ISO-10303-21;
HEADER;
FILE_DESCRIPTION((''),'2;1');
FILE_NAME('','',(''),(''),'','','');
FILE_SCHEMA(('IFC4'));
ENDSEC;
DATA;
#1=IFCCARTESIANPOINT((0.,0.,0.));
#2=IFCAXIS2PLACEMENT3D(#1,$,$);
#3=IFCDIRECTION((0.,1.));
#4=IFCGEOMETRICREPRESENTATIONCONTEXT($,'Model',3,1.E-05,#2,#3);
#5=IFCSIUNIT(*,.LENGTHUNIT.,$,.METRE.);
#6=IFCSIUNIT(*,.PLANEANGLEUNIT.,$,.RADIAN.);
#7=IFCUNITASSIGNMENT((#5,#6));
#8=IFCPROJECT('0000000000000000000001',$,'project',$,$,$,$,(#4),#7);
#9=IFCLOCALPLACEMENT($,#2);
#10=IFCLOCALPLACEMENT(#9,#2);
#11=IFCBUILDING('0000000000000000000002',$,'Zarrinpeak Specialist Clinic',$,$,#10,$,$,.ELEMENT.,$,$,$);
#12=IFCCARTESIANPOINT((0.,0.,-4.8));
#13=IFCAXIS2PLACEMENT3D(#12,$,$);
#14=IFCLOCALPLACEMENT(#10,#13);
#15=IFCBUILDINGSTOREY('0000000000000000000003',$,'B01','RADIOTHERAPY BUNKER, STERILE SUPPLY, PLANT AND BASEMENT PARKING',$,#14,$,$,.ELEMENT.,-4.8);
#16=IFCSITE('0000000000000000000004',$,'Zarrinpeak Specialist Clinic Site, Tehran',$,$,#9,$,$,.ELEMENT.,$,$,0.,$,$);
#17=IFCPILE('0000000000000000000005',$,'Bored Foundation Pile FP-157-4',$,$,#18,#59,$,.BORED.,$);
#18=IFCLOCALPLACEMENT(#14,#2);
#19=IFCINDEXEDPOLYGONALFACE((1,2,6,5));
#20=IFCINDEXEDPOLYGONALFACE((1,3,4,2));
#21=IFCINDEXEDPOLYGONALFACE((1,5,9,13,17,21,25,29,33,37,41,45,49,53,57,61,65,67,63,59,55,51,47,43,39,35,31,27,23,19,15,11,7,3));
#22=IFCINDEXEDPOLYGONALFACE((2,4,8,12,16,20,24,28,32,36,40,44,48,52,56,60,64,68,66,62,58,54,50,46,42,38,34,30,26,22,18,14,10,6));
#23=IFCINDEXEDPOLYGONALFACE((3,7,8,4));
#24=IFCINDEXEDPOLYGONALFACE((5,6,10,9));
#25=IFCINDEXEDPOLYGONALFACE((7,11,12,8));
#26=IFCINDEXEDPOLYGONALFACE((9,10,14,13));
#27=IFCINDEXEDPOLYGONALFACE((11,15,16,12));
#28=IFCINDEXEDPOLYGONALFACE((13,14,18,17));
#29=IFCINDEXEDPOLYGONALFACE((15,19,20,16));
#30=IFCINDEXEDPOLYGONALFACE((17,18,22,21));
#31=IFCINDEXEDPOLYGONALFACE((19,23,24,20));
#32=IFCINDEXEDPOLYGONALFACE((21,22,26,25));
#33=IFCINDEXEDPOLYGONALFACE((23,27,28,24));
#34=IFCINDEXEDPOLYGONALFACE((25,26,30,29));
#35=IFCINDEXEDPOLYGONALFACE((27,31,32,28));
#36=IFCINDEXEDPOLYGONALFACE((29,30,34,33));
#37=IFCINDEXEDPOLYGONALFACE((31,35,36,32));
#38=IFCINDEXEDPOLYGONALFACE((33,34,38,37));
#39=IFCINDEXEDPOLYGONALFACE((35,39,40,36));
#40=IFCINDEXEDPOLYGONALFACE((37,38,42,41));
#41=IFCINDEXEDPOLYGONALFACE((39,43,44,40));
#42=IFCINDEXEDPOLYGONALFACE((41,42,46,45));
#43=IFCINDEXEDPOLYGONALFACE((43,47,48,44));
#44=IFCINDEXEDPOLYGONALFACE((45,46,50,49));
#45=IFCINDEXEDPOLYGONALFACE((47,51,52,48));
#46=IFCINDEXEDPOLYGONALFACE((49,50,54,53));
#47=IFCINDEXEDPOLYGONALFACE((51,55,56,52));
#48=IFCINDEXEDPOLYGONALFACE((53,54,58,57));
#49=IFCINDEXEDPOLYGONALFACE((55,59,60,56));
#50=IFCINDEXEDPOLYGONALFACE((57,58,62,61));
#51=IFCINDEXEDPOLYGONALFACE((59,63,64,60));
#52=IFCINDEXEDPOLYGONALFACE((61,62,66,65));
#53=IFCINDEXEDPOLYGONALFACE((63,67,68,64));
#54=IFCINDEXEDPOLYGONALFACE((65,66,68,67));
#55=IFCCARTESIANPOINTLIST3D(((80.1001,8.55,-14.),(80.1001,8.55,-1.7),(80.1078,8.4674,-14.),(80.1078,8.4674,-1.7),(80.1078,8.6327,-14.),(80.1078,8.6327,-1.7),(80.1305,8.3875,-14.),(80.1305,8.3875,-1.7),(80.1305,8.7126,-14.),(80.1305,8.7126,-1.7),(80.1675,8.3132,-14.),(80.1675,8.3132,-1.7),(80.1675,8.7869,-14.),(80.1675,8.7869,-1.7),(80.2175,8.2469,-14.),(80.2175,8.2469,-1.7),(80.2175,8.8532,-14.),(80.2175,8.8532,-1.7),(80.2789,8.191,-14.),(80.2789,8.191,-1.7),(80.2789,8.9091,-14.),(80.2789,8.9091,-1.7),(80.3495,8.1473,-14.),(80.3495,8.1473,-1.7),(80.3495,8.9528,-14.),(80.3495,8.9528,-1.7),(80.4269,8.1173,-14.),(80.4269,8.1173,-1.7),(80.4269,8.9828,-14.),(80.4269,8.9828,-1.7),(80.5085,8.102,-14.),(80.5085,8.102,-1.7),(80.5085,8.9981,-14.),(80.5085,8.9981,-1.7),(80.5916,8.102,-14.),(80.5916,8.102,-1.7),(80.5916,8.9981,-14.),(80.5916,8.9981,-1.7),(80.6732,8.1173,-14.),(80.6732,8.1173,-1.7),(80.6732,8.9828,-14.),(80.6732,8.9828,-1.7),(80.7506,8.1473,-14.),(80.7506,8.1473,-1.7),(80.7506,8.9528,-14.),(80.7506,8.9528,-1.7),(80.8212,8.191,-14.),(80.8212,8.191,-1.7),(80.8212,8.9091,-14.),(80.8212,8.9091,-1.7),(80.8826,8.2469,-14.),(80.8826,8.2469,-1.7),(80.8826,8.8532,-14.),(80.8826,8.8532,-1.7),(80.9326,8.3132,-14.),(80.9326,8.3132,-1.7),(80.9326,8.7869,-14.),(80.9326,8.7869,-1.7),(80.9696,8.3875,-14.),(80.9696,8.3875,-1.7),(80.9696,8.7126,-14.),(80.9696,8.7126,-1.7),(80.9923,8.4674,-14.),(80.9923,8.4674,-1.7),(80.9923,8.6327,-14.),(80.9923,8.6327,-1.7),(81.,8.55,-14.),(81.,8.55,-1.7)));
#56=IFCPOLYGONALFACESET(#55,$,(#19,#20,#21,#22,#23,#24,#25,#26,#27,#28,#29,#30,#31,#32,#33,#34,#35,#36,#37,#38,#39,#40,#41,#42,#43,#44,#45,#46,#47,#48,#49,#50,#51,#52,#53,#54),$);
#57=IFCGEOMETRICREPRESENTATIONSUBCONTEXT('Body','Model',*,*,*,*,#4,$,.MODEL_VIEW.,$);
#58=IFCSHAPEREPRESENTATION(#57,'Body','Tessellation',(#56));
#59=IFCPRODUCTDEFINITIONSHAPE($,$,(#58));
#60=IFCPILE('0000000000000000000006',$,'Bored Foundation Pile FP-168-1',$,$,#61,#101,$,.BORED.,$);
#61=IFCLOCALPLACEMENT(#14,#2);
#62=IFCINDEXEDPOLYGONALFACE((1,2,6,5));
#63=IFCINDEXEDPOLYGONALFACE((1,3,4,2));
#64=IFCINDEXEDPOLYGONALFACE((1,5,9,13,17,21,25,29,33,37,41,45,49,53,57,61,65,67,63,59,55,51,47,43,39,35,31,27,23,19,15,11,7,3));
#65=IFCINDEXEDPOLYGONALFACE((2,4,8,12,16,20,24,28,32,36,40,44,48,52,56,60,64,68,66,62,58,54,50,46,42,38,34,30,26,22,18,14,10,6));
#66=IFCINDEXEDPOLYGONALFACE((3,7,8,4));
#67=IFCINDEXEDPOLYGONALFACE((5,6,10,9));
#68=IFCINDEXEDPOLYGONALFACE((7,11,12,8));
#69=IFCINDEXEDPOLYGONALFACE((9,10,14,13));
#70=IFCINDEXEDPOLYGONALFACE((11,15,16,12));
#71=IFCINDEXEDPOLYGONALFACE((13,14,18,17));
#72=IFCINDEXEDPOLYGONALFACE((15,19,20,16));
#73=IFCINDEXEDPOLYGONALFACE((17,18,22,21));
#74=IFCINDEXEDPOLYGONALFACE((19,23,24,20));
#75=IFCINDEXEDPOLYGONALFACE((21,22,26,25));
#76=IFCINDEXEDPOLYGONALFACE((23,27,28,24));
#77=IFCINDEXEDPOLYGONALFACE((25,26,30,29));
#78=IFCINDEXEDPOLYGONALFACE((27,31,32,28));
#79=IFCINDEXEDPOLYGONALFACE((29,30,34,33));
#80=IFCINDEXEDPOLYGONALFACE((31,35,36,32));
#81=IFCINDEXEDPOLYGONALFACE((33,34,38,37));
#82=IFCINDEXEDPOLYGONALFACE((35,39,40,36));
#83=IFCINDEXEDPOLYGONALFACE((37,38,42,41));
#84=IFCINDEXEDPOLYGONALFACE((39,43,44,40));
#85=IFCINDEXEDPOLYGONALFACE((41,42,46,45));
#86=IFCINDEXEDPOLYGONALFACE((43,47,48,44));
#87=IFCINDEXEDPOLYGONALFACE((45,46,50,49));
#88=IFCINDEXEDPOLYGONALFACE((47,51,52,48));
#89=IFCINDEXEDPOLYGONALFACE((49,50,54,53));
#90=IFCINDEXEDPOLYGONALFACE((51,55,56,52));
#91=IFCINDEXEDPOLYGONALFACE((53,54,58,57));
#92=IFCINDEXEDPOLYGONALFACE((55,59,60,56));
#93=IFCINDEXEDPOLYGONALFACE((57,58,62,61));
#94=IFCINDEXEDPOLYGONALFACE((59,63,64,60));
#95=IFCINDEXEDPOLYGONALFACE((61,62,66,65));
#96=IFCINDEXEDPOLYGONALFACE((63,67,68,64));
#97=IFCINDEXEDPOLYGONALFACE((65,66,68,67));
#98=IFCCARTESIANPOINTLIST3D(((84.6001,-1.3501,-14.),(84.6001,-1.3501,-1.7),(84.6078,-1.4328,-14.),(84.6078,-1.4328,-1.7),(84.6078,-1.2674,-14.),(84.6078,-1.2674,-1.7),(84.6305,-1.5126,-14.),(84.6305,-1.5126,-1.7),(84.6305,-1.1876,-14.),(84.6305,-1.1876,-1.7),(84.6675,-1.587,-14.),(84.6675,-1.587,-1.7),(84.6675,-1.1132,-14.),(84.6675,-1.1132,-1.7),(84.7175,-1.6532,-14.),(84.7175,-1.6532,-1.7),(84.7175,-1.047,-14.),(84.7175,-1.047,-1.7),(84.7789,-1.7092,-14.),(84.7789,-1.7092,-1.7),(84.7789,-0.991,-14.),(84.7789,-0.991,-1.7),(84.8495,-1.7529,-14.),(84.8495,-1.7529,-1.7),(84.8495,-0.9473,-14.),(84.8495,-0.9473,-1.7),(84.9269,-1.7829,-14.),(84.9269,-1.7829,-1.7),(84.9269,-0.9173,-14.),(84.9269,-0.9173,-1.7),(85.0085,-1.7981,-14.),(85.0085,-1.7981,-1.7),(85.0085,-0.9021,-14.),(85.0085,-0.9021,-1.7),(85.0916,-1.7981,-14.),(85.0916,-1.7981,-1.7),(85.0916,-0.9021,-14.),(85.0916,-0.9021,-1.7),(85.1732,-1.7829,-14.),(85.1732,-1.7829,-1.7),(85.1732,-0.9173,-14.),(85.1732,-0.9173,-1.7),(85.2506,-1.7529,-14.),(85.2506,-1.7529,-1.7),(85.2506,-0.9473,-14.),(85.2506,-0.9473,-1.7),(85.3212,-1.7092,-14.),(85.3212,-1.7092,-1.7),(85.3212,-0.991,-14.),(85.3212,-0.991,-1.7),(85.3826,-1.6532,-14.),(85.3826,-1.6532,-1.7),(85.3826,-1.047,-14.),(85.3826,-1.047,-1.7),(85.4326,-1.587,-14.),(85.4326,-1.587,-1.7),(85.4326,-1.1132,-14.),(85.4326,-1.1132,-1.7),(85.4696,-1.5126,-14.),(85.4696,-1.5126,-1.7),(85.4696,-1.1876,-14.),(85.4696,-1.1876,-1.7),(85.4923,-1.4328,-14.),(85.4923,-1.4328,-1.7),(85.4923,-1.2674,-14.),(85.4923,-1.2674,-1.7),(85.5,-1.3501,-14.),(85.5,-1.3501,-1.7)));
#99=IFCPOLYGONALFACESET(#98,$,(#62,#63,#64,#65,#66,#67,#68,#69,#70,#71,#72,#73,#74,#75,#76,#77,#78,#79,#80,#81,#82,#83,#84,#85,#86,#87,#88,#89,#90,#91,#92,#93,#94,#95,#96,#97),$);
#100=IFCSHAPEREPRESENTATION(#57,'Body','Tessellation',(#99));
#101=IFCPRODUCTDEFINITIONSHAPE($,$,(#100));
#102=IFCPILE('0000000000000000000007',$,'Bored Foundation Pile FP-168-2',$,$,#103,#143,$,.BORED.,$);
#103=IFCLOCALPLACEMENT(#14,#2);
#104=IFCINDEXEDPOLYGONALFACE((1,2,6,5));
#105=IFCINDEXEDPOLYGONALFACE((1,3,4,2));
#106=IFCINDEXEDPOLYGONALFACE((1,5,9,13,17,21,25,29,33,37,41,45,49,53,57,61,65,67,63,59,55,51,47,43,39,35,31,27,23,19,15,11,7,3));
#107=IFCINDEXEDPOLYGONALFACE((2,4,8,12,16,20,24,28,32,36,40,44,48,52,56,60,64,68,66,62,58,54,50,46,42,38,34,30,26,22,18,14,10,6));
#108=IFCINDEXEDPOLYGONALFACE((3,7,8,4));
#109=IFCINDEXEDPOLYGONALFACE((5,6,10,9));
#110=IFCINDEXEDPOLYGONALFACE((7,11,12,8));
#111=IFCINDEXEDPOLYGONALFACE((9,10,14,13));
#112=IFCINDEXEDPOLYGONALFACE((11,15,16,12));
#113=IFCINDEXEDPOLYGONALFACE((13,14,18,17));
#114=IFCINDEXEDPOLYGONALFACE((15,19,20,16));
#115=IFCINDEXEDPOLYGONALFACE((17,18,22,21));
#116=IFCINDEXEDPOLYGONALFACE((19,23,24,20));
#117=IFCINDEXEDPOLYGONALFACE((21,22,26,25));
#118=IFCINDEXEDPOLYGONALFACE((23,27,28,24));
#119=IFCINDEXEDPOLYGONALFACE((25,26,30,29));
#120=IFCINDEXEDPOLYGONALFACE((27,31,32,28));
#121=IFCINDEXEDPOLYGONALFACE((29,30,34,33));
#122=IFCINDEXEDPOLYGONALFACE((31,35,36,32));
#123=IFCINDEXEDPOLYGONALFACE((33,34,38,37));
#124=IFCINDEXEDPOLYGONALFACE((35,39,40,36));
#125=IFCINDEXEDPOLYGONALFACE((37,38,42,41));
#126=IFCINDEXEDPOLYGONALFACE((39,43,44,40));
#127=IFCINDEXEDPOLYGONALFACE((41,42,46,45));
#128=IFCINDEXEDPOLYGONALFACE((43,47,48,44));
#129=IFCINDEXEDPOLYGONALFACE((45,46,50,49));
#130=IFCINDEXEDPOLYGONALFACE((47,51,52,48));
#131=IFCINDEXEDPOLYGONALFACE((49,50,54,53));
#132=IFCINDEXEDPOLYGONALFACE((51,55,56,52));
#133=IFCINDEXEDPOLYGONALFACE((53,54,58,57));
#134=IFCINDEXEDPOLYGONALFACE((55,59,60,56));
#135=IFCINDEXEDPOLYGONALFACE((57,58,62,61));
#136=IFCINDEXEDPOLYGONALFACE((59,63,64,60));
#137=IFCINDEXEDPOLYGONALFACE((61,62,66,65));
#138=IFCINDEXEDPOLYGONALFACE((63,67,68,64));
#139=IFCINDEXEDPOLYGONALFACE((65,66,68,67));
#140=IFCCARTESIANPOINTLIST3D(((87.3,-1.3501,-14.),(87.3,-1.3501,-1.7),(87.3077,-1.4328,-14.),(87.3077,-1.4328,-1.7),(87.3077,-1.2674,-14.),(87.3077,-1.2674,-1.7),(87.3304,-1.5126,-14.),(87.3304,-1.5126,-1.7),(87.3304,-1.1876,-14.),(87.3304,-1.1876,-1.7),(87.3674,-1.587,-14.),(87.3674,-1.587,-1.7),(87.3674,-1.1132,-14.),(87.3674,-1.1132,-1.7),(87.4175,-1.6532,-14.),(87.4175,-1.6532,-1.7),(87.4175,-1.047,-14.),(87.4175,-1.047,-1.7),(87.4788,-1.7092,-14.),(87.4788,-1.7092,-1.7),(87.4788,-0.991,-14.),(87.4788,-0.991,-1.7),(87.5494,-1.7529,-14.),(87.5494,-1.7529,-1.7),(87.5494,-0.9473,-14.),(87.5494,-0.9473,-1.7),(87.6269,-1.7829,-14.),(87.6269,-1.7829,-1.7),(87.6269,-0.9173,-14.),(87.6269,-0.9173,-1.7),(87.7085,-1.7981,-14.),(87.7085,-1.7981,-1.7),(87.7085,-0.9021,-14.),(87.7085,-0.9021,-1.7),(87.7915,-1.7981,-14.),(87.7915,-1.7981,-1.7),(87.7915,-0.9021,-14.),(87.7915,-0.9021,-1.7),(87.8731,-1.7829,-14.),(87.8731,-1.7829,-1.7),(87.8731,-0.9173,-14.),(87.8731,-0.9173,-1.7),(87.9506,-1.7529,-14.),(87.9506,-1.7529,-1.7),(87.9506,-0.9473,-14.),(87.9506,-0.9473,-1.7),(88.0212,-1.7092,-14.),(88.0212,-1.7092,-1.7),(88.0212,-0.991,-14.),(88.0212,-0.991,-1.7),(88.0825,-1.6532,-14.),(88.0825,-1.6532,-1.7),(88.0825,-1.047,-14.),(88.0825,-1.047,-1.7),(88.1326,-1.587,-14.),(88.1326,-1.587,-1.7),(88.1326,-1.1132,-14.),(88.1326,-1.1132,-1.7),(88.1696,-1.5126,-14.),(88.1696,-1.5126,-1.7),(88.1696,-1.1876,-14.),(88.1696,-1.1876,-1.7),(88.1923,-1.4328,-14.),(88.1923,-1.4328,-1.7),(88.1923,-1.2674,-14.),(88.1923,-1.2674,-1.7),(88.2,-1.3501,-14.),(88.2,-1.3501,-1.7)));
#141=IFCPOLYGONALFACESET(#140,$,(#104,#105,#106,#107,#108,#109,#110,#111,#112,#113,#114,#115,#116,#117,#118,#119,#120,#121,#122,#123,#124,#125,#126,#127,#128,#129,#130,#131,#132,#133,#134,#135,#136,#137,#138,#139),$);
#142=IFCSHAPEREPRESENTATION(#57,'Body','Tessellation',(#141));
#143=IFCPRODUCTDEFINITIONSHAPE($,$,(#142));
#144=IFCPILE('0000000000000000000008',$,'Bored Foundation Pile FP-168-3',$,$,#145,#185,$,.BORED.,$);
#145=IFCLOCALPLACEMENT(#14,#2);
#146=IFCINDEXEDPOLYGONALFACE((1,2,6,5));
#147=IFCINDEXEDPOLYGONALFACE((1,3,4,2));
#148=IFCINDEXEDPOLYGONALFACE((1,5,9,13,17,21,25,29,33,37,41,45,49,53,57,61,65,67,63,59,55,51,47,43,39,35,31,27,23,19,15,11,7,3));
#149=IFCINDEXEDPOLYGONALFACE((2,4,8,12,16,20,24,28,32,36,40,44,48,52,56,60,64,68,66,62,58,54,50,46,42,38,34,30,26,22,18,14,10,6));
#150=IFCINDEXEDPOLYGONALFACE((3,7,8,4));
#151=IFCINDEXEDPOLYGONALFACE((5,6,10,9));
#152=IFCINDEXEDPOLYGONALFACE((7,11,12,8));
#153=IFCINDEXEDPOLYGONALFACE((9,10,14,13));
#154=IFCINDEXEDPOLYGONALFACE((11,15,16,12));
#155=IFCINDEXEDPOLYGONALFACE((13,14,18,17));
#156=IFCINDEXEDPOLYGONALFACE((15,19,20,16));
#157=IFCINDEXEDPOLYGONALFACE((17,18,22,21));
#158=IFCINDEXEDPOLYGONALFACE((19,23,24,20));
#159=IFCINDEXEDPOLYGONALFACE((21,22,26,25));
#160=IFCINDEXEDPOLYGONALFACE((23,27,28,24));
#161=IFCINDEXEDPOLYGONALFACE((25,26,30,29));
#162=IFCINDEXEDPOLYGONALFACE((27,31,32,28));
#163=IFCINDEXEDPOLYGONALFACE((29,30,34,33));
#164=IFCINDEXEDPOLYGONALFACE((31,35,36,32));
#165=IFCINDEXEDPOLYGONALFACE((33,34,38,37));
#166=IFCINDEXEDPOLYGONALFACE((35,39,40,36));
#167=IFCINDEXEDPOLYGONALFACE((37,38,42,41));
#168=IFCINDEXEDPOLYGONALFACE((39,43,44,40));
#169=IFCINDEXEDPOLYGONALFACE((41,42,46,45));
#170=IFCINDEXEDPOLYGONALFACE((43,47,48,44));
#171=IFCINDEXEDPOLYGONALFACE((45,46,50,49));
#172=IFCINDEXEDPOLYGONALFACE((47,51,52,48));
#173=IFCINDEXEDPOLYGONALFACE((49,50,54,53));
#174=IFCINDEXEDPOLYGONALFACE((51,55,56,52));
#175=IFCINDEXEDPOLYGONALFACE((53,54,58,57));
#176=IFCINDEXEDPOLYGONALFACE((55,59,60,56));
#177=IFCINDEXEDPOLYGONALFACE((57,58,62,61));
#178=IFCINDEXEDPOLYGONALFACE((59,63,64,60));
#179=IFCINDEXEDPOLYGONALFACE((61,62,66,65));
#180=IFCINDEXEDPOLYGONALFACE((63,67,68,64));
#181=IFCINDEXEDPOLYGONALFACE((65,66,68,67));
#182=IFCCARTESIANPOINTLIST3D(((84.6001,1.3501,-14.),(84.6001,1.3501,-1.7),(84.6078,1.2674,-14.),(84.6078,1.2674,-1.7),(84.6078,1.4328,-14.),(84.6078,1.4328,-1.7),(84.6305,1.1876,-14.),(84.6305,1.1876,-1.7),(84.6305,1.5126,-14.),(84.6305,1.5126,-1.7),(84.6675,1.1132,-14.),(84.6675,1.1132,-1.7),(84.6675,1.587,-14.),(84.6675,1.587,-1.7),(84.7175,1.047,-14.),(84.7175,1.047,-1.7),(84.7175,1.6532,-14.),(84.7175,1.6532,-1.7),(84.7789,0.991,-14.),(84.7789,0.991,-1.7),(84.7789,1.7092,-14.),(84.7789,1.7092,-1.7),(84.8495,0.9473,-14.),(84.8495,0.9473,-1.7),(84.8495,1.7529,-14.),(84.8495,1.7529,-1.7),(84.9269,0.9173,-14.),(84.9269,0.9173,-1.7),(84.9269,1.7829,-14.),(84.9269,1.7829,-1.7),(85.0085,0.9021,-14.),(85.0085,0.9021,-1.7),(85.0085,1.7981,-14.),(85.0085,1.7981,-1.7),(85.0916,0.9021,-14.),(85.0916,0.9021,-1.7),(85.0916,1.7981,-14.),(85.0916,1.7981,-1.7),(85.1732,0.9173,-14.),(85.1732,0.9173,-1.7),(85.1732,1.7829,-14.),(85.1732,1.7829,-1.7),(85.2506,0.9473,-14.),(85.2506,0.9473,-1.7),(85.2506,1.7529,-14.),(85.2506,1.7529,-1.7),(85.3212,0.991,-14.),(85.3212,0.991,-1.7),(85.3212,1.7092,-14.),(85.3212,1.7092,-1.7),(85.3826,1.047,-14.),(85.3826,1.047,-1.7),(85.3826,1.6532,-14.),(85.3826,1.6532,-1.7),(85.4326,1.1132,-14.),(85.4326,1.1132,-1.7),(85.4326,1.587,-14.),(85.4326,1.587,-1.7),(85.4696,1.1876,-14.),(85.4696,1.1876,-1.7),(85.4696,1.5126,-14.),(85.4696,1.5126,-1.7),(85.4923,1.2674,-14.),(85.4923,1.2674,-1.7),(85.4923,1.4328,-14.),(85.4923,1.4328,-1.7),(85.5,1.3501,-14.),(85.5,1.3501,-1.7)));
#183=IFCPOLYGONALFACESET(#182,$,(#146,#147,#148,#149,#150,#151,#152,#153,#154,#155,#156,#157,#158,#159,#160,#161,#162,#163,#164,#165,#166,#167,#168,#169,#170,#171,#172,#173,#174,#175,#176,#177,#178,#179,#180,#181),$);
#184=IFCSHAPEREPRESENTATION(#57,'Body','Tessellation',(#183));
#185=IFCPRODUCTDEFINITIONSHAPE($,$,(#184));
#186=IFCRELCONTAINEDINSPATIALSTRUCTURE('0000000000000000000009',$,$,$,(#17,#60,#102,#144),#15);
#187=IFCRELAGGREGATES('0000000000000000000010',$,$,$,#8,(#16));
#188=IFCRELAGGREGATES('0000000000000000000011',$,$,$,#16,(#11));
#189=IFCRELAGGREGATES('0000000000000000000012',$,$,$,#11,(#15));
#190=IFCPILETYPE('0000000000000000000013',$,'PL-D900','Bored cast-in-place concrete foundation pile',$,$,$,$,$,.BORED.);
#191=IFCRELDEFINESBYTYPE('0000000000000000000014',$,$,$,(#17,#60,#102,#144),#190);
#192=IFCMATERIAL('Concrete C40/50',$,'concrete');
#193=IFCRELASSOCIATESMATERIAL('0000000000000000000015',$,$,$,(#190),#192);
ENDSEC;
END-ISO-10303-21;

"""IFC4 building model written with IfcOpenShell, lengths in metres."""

from ifc_helpers import new_model, si_unit, direction, frame, origin, origin_2d, place, context, subcontext, project, spatial, circle, extrude, material, material_profile, profile_set, type_object, element, save


model = new_model("IFC4")

# Units and contexts
model_context = context("Model", 3, precision=1e-05, world=origin(), true_north=direction((0.0, 1.0)))
body_context = subcontext(model_context, "Body", "Model", "MODEL_VIEW")
ifc_project = project(units=[si_unit("LENGTHUNIT", "METRE"), si_unit("PLANEANGLEUNIT", "RADIAN")], contexts=[model_context])

# Site, building, storey
site_placement = place(None, origin())
site = spatial("IfcSite", under=ifc_project, at=site_placement, Name="Zarrinpeak Specialist Clinic Site, Tehran", CompositionType="ELEMENT", RefElevation=0.0)
building_placement = place(site_placement, origin())
building = spatial("IfcBuilding", under=site, at=building_placement, Name="Zarrinpeak Specialist Clinic", CompositionType="ELEMENT")
storey_placement = place(building_placement, frame((0.0, 0.0, -4.8)))
storey = spatial("IfcBuildingStorey", under=building, at=storey_placement, Name="B01", Description="RADIOTHERAPY BUNKER, STERILE SUPPLY, PLANT AND BASEMENT PARKING", CompositionType="ELEMENT", Elevation=-4.8)

# Shared definitions
ifc_material_1 = material(Name="Concrete C40/50", Category="concrete")

# Piles
ifc_material_profile_1 = material_profile(ifc_material_1, circle(Radius=0.45, at=origin_2d()), Name="BORED PILE D900")
ifc_profile_set_1 = profile_set([ifc_material_profile_1], Name="Concrete C40/50")
pile_type = type_object("IfcPileType", Name="PL-D900", Description="Bored cast-in-place concrete foundation pile", PredefinedType="BORED", material=ifc_profile_set_1)
for number, where, z_axis, x_axis, name in (
    (1, (80.55, 8.55, -1.7), (0.0, 0.0, -1.0), (1.0, 0.0, 0.0), "Bored Foundation Pile FP-157-4"),
    (2, (85.05, -1.3501, -1.7), (0.0, 0.0, -1.0), (1.0, 0.0, 0.0), "Bored Foundation Pile FP-168-1"),
    (3, (87.75, -1.3501, -1.7), (0.0, 0.0, -1.0), (1.0, 0.0, 0.0), "Bored Foundation Pile FP-168-2"),
    (4, (85.05, 1.3501, -1.7), (0.0, 0.0, -1.0), (1.0, 0.0, 0.0), "Bored Foundation Pile FP-168-3"),
):
    element("IfcPile", number, at=place(storey_placement, frame(where, z_axis=z_axis, x_axis=x_axis)), inside=storey, type_object=pile_type, Name=name, PredefinedType="BORED", context=body_context, shape_type="SweptSolid", body=[
        extrude(circle(Radius=0.45, at=origin_2d()), origin(), (0.0, 0.0, 1.0), 12.3),
    ])

save(model, "model.ifc")
